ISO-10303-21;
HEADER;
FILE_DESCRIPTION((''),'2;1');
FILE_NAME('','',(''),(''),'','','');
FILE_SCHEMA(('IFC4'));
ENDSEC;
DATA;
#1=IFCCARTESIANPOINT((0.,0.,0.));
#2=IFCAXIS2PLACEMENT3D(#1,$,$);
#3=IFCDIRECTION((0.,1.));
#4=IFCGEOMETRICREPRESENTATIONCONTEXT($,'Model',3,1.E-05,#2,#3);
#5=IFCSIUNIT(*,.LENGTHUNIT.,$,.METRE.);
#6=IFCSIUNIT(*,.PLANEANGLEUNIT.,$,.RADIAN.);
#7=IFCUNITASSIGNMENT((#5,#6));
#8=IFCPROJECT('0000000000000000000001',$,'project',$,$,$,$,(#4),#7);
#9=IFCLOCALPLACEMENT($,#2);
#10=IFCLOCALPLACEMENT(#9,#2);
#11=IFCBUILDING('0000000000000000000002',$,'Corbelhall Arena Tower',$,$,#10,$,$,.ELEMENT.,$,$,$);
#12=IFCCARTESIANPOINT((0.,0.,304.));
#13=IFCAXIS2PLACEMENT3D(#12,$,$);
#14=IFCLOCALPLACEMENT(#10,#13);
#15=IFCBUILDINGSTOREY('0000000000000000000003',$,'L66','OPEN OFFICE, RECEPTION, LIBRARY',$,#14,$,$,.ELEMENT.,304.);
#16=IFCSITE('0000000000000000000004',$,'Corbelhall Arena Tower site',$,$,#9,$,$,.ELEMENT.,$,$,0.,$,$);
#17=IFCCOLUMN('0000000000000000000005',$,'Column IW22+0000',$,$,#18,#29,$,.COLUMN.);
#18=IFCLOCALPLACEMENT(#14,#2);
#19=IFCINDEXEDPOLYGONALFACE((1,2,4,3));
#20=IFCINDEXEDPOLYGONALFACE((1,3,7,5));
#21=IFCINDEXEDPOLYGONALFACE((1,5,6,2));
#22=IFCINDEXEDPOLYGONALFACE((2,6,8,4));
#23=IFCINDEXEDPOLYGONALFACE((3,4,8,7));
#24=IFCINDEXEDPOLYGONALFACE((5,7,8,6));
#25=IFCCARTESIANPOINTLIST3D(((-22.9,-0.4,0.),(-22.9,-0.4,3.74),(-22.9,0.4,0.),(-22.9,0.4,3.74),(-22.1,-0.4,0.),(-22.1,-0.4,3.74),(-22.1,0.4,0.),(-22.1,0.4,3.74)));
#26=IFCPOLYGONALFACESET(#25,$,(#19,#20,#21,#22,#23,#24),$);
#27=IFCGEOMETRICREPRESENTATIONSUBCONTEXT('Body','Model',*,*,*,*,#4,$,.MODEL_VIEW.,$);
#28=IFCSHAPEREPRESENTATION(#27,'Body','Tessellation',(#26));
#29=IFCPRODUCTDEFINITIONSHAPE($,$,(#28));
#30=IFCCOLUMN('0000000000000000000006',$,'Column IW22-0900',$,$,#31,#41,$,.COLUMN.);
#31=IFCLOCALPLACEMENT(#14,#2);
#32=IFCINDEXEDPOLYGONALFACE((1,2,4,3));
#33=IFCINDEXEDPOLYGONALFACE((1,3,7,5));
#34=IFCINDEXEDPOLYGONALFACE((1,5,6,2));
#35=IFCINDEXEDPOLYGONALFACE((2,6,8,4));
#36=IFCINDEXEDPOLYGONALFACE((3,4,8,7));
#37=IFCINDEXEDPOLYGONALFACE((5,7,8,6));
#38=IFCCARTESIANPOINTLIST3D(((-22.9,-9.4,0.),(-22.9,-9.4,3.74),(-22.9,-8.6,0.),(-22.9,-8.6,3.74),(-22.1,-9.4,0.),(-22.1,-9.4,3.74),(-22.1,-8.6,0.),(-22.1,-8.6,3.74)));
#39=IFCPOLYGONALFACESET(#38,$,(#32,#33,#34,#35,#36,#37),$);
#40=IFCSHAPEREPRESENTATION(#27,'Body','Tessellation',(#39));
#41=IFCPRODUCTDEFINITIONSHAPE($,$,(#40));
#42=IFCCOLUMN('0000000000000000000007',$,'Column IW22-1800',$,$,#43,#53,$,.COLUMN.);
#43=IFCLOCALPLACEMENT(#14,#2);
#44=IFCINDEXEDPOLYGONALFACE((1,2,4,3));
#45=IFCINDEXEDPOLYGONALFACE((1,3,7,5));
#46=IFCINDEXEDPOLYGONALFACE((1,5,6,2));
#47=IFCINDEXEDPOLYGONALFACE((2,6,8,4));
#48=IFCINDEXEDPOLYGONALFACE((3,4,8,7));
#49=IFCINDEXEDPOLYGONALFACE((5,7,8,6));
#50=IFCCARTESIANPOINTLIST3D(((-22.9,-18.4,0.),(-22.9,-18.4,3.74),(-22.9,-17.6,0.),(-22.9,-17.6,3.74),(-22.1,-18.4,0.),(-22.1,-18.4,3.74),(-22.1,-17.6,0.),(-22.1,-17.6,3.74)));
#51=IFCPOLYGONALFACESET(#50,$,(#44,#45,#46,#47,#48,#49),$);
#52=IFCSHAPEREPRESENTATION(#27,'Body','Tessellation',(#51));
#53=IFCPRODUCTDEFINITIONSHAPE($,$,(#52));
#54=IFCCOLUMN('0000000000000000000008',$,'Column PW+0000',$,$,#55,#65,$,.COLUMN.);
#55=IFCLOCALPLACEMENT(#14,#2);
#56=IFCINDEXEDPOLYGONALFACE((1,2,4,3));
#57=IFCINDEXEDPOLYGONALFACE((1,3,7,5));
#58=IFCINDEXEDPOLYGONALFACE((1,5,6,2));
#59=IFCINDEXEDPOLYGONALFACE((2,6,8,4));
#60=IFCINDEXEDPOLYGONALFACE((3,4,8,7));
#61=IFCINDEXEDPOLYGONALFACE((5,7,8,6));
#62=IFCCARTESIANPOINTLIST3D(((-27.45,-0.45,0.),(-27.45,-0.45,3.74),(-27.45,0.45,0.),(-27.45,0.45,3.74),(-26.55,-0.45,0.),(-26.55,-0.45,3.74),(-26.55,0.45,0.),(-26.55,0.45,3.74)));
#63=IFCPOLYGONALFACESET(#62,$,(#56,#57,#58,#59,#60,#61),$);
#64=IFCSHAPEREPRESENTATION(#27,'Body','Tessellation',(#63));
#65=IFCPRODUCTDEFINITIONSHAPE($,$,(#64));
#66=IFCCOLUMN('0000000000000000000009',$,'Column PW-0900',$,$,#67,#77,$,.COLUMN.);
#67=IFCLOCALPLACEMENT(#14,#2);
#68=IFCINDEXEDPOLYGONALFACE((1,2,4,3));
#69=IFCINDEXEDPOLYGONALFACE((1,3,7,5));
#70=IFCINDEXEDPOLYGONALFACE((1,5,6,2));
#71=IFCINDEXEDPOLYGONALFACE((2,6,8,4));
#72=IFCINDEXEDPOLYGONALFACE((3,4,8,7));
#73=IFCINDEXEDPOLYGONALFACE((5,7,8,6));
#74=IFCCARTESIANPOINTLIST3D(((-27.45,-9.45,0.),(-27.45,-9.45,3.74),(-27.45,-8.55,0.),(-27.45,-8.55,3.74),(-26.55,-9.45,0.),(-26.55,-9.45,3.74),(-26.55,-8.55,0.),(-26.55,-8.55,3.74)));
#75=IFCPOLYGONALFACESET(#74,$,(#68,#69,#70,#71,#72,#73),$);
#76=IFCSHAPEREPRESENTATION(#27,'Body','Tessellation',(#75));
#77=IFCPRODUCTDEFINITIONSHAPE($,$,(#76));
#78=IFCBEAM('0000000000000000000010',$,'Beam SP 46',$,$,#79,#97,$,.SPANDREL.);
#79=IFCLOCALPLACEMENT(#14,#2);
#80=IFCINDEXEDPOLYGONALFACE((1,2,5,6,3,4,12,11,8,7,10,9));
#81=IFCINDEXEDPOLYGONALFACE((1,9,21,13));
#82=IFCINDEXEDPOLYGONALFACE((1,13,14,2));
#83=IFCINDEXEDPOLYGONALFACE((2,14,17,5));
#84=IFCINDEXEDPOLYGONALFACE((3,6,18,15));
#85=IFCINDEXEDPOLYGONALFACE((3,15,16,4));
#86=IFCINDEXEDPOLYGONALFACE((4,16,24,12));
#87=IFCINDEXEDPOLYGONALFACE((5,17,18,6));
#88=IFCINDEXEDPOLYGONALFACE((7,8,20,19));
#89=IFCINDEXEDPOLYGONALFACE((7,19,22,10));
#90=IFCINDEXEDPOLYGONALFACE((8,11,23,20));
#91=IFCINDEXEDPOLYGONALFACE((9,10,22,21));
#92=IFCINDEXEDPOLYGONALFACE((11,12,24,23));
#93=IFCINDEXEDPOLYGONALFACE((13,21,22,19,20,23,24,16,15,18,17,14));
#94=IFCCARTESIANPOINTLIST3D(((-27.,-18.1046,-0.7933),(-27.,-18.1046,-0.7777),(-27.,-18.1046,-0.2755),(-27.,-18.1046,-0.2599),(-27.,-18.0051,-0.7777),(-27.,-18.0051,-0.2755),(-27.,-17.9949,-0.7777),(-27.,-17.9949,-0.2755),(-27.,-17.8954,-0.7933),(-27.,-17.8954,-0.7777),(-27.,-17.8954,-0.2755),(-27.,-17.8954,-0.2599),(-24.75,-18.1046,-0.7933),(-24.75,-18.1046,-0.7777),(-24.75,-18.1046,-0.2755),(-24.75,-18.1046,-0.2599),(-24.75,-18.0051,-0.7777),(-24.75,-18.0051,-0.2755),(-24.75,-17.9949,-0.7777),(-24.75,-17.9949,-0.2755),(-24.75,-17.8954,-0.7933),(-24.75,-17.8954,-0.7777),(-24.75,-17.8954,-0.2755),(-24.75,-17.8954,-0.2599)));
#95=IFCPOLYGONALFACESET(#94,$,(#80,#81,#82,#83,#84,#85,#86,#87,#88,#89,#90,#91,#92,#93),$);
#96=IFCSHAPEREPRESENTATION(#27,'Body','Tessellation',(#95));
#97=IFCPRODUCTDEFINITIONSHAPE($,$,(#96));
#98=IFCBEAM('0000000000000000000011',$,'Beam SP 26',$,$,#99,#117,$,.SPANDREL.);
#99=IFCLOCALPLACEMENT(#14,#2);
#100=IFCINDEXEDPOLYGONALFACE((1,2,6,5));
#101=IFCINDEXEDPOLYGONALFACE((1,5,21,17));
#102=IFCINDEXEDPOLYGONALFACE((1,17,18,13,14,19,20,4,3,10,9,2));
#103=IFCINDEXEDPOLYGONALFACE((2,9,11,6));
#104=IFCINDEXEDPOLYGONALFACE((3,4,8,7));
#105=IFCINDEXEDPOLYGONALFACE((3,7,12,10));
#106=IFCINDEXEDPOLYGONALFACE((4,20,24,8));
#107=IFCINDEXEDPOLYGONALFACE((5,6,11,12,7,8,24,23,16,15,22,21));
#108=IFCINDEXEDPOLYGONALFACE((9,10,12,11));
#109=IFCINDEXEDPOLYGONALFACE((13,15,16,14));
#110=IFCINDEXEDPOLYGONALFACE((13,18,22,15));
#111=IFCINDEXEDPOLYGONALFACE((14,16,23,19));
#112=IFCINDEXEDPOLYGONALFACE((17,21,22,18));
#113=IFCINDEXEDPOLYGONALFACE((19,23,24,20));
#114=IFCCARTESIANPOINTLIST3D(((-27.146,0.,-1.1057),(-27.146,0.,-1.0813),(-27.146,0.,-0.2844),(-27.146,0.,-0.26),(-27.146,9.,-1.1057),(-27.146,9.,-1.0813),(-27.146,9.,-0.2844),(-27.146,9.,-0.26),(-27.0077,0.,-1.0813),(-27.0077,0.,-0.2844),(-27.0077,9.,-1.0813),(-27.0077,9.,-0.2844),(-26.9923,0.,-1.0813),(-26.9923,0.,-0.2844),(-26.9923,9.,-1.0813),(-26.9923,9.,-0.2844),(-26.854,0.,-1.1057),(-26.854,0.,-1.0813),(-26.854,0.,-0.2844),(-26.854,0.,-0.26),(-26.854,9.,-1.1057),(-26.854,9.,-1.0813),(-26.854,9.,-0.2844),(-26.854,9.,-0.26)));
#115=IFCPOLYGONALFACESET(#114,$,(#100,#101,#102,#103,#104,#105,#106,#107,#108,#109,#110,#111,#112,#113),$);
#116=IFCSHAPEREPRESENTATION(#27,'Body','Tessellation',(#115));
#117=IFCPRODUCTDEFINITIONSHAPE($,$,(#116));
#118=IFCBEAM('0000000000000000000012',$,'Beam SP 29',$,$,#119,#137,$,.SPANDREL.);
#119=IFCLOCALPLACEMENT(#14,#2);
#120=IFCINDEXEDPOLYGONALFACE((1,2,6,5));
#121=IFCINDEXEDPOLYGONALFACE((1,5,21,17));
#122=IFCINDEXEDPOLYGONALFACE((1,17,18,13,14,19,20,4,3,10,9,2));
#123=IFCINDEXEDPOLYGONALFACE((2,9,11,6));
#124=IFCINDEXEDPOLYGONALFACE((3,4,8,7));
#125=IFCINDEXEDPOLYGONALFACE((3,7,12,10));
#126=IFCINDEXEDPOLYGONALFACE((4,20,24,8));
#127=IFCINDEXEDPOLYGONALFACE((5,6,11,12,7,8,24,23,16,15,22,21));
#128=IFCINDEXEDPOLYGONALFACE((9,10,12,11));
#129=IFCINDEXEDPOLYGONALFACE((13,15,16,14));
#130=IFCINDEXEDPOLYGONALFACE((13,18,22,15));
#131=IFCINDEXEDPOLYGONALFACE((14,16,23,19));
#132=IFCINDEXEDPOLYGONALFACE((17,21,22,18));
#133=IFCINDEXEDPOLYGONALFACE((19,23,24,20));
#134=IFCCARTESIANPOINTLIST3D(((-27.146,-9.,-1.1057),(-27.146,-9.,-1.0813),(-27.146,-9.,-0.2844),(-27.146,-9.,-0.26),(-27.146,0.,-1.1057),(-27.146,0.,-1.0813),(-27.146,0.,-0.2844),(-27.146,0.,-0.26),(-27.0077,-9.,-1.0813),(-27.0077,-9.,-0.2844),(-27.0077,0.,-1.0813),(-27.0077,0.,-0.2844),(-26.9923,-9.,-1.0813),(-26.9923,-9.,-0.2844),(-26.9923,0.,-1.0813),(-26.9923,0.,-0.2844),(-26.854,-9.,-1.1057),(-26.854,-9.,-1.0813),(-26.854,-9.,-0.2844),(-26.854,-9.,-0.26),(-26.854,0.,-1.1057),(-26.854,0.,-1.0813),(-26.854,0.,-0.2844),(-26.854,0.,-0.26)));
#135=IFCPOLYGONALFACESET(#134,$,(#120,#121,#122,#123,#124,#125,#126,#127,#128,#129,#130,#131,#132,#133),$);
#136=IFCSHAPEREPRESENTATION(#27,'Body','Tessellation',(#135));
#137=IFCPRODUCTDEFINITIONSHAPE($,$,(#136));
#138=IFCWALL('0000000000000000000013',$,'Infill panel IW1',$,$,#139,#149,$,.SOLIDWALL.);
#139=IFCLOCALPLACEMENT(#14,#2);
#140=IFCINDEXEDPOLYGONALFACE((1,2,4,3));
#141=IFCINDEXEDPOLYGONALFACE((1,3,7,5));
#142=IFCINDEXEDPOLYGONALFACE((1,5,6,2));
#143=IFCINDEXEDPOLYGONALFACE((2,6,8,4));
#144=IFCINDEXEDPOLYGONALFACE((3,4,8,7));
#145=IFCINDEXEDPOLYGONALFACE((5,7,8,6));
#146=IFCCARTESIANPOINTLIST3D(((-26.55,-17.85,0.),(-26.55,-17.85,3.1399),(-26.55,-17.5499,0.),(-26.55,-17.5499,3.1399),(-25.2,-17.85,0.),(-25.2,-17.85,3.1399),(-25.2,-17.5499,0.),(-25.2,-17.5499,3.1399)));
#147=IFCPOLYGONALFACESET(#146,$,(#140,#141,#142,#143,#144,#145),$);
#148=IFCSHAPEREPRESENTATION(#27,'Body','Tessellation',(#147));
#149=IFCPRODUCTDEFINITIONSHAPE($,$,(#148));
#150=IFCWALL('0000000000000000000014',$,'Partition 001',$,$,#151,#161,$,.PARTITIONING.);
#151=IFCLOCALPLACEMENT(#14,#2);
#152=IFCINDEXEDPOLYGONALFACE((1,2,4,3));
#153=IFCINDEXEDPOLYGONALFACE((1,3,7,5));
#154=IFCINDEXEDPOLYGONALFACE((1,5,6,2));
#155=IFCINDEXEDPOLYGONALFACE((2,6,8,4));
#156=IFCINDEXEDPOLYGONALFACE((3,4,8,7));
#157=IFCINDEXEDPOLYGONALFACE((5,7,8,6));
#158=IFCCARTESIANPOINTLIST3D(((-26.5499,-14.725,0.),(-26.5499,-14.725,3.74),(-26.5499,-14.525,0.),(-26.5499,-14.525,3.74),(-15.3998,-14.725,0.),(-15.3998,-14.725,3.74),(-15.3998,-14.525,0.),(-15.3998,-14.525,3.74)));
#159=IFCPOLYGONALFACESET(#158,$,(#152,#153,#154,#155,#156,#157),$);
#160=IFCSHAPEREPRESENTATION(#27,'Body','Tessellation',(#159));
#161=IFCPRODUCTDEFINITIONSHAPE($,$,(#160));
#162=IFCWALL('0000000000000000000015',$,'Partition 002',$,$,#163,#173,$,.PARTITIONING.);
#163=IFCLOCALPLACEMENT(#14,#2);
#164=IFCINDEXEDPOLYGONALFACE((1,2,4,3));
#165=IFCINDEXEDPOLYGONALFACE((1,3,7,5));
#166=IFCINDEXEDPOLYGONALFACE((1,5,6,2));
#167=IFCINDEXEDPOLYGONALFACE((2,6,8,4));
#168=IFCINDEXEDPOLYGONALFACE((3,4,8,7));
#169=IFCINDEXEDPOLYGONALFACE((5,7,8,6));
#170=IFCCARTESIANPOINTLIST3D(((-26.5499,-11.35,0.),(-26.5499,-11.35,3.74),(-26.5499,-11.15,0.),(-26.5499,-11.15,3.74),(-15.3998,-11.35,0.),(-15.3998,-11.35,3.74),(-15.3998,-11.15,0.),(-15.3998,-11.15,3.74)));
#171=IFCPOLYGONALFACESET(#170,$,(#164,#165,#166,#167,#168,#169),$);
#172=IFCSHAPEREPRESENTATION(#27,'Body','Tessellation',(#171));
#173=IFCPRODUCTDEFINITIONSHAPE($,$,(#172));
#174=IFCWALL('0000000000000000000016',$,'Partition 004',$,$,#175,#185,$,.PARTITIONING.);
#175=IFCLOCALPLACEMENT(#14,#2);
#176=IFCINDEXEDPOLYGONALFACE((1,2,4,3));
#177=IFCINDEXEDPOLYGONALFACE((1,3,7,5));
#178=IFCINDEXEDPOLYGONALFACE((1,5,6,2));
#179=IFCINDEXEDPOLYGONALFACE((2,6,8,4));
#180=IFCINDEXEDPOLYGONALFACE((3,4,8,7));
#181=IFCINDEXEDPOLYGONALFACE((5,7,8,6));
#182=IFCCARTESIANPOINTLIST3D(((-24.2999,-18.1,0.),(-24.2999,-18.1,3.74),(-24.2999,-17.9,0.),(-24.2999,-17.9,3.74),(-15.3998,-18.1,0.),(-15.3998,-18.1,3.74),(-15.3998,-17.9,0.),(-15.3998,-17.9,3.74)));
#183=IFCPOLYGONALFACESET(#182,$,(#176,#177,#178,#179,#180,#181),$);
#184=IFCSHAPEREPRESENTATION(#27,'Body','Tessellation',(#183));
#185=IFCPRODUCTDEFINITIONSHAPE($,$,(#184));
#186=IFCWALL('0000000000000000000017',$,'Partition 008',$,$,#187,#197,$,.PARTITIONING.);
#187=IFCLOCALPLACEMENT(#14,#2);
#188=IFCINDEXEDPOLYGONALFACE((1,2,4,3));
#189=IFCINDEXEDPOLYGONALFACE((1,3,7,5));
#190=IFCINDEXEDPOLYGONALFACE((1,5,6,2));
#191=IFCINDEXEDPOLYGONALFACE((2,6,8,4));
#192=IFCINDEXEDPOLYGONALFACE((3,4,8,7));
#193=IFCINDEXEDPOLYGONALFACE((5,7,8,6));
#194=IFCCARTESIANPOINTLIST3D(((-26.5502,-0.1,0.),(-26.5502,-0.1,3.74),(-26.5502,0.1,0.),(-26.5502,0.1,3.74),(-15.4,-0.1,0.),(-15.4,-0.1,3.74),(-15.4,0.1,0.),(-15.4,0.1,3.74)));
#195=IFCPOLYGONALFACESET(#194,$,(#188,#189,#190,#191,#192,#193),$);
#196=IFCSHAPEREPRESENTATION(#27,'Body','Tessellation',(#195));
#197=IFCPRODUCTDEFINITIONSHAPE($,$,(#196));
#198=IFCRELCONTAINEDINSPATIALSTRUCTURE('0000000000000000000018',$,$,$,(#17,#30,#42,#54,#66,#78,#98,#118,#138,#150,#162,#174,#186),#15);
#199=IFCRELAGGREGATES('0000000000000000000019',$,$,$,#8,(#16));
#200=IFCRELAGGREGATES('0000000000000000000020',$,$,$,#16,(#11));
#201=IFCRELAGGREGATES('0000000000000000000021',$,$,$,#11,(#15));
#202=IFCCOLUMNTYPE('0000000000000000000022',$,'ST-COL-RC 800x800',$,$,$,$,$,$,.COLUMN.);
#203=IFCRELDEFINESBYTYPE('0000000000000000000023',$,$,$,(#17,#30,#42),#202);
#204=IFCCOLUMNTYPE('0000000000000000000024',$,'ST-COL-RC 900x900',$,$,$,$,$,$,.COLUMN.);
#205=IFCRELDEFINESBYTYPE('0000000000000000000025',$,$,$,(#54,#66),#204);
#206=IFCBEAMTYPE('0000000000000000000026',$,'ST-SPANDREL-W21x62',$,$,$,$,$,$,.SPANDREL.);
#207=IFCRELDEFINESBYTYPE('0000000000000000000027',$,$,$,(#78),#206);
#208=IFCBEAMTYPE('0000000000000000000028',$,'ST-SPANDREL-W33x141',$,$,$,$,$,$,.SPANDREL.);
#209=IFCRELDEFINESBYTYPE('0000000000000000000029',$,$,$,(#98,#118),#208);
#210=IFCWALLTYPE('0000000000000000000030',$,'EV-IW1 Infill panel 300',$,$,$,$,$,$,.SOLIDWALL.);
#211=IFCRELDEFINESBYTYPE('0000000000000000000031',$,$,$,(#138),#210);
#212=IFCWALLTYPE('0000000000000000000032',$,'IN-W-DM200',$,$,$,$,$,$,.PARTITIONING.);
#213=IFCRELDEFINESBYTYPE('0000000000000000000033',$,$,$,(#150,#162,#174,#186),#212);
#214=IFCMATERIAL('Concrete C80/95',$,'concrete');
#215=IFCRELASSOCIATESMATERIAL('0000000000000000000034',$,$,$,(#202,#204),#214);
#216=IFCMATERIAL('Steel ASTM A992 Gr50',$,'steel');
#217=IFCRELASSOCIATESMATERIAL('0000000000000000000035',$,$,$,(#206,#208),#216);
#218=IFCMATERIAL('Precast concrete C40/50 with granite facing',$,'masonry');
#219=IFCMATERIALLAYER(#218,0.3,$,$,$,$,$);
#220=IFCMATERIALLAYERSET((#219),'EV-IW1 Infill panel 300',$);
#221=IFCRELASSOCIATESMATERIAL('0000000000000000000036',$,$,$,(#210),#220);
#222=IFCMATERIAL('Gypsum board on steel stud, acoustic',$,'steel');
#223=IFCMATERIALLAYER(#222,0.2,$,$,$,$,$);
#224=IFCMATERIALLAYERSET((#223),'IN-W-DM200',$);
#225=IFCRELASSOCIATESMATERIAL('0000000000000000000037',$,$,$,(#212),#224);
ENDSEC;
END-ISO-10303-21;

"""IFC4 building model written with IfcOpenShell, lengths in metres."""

from ifc_helpers import new_model, si_unit, direction, frame, frame_2d, origin, origin_2d, place, context, subcontext, project, spatial, rectangle, i_section, extrude, material, layer, layer_set, material_profile, profile_set, type_object, element, save


model = new_model("IFC4")

# Units and contexts
model_context = context("Model", 3, precision=1e-05, world=origin(), true_north=direction((0.0, 1.0)))
body_context = subcontext(model_context, "Body", "Model", "MODEL_VIEW")
ifc_project = project(units=[si_unit("LENGTHUNIT", "METRE"), si_unit("PLANEANGLEUNIT", "RADIAN")], contexts=[model_context])

# Site, building, storey
site_placement = place(None, origin())
site = spatial("IfcSite", under=ifc_project, at=site_placement, Name="Corbelhall Arena Tower site", CompositionType="ELEMENT", RefElevation=0.0)
building_placement = place(site_placement, origin())
building = spatial("IfcBuilding", under=site, at=building_placement, Name="Corbelhall Arena Tower", CompositionType="ELEMENT")
storey_placement = place(building_placement, frame((0.0, 0.0, 304.0)))
storey = spatial("IfcBuildingStorey", under=building, at=storey_placement, Name="L66", Description="OPEN OFFICE, RECEPTION, LIBRARY", CompositionType="ELEMENT", Elevation=304.0)

# Columns
ifc_material_1 = material(Name="Concrete C80/95", Category="concrete")
ifc_material_profile_1 = material_profile(ifc_material_1, rectangle(XDim=0.8, YDim=0.8, at=origin_2d()))
ifc_profile_set_1 = profile_set([ifc_material_profile_1], Name="Concrete C80/95")
column_type_1 = type_object("IfcColumnType", Name="ST-COL-RC 800x800", PredefinedType="COLUMN", material=ifc_profile_set_1)
for number, where, z_axis, x_axis, name in (
    (1, (-22.5, 0.0, 0.0), (0.0, 0.0, 1.0), (1.0, 0.0, 0.0), "Column IW22+0000"),
    (2, (-22.5, -9.0, 0.0), (0.0, 0.0, 1.0), (1.0, 0.0, 0.0), "Column IW22-0900"),
    (3, (-22.5, -18.0, 0.0), (0.0, 0.0, 1.0), (1.0, 0.0, 0.0), "Column IW22-1800"),
):
    element("IfcColumn", number, at=place(storey_placement, frame(where, z_axis=z_axis, x_axis=x_axis)), inside=storey, type_object=column_type_1, Name=name, PredefinedType="COLUMN", context=body_context, shape_type="SweptSolid", body=[
        extrude(rectangle(XDim=0.8, YDim=0.8, at=origin_2d()), origin(), (0.0, 0.0, 1.0), 3.74),
    ])
ifc_material_profile_2 = material_profile(ifc_material_1, rectangle(XDim=0.8999, YDim=0.8999, at=origin_2d()))
ifc_profile_set_2 = profile_set([ifc_material_profile_2], Name="Concrete C80/95")
column_type_2 = type_object("IfcColumnType", Name="ST-COL-RC 900x900", PredefinedType="COLUMN", material=ifc_profile_set_2)
for number, where, z_axis, x_axis, name in (
    (4, (-27.0, 0.0, 0.0), (0.0, 0.0, 1.0), (0.0, 1.0, 0.0), "Column PW+0000"),
    (5, (-27.0, -9.0, 0.0), (0.0, 0.0, 1.0), (0.0, 1.0, 0.0), "Column PW-0900"),
):
    element("IfcColumn", number, at=place(storey_placement, frame(where, z_axis=z_axis, x_axis=x_axis)), inside=storey, type_object=column_type_2, Name=name, PredefinedType="COLUMN", context=body_context, shape_type="SweptSolid", body=[
        extrude(rectangle(XDim=0.8999, YDim=0.8999, at=origin_2d()), origin(), (0.0, 0.0, 1.0), 3.74),
    ])

# Beams
ifc_material_2 = material(Name="Steel ASTM A992 Gr50", Category="steel")
ifc_material_profile_3 = material_profile(ifc_material_2, i_section(OverallWidth=0.2092, OverallDepth=0.5334, WebThickness=0.0103, FlangeThickness=0.0156, at=origin_2d()))
ifc_profile_set_3 = profile_set([ifc_material_profile_3], Name="Steel ASTM A992 Gr50")
beam_type_1 = type_object("IfcBeamType", Name="ST-SPANDREL-W21x62", PredefinedType="SPANDREL", material=ifc_profile_set_3)
beam_placement = place(storey_placement, frame((-24.75, -18.0, -0.5266), z_axis=(-1.0, 0.0, 0.0), x_axis=(0.0, -1.0, 0.0)))
element("IfcBeam", 6, at=beam_placement, inside=storey, type_object=beam_type_1, Name="Beam SP 46", PredefinedType="SPANDREL", context=body_context, shape_type="SweptSolid", body=[
    extrude(i_section(OverallWidth=0.2092, OverallDepth=0.5334, WebThickness=0.0103, FlangeThickness=0.0156, at=origin_2d()), origin(), (0.0, 0.0, 1.0), 2.25),
])
ifc_material_profile_4 = material_profile(ifc_material_2, i_section(OverallWidth=0.292, OverallDepth=0.8457, WebThickness=0.0154, FlangeThickness=0.0244, at=origin_2d()))
ifc_profile_set_4 = profile_set([ifc_material_profile_4], Name="Steel ASTM A992 Gr50")
beam_type_2 = type_object("IfcBeamType", Name="ST-SPANDREL-W33x141", PredefinedType="SPANDREL", material=ifc_profile_set_4)
for number, where, z_axis, x_axis, name in (
    (7, (-27.0, 0.0, -0.6829), (0.0, 1.0, 0.0), (-1.0, 0.0, 0.0), "Beam SP 26"),
    (8, (-27.0, -9.0, -0.6829), (0.0, 1.0, 0.0), (-1.0, 0.0, 0.0), "Beam SP 29"),
):
    element("IfcBeam", number, at=place(storey_placement, frame(where, z_axis=z_axis, x_axis=x_axis)), inside=storey, type_object=beam_type_2, Name=name, PredefinedType="SPANDREL", context=body_context, shape_type="SweptSolid", body=[
        extrude(i_section(OverallWidth=0.292, OverallDepth=0.8457, WebThickness=0.0154, FlangeThickness=0.0244, at=origin_2d()), origin(), (0.0, 0.0, 1.0), 9.0),
    ])

# Shared definitions
ifc_material_3 = material(Name="Precast concrete C40/50 with granite facing", Category="masonry")
ifc_layer_1 = layer(ifc_material_3, 0.3)
ifc_layer_set_1 = layer_set([ifc_layer_1], Name="EV-IW1 Infill panel 300")
wall_type_1 = type_object("IfcWallType", Name="EV-IW1 Infill panel 300", PredefinedType="SOLIDWALL", material=ifc_layer_set_1)

# Walls
wall_1_placement = place(storey_placement, frame((-26.55, -17.7, 0.0), z_axis=(0.0, 0.0, 1.0), x_axis=(1.0, 0.0, 0.0)))
element("IfcWall", 9, at=wall_1_placement, inside=storey, type_object=wall_type_1, Name="Infill panel IW1", PredefinedType="SOLIDWALL", context=body_context, shape_type="SweptSolid", body=[
    extrude(rectangle(XDim=1.3501, YDim=0.3, at=frame_2d((0.675, 0.0))), origin(), (0.0, 0.0, 1.0), 3.1399),
])
ifc_material_4 = material(Name="Gypsum board on steel stud, acoustic", Category="steel")
ifc_layer_2 = layer(ifc_material_4, 0.2)
ifc_layer_set_2 = layer_set([ifc_layer_2], Name="IN-W-DM200")
wall_type_2 = type_object("IfcWallType", Name="IN-W-DM200", PredefinedType="PARTITIONING", material=ifc_layer_set_2)
for number, where, z_axis, x_axis, name in (
    (10, (-26.55, -14.625, 0.0), (0.0, 0.0, 1.0), (1.0, 0.0, 0.0), "Partition 001"),
    (11, (-26.55, -11.25, 0.0), (0.0, 0.0, 1.0), (1.0, 0.0, 0.0), "Partition 002"),
):
    element("IfcWall", number, at=place(storey_placement, frame(where, z_axis=z_axis, x_axis=x_axis)), inside=storey, type_object=wall_type_2, Name=name, PredefinedType="PARTITIONING", context=body_context, shape_type="SweptSolid", body=[
        extrude(rectangle(XDim=11.1501, YDim=0.2, at=frame_2d((5.5752, 0.0))), origin(), (0.0, 0.0, 1.0), 3.74),
    ])
wall_2_placement = place(storey_placement, frame((-24.3, -18.0, 0.0), z_axis=(0.0, 0.0, 1.0), x_axis=(1.0, 0.0, 0.0)))
element("IfcWall", 12, at=wall_2_placement, inside=storey, type_object=wall_type_2, Name="Partition 004", PredefinedType="PARTITIONING", context=body_context, shape_type="SweptSolid", body=[
    extrude(rectangle(XDim=8.9001, YDim=0.2, at=frame_2d((4.4502, 0.0))), origin(), (0.0, 0.0, 1.0), 3.74),
])

# Wall
wall_3_placement = place(storey_placement, frame((-15.3999, 0.0, 0.0), z_axis=(0.0, 0.0, 1.0), x_axis=(-1.0, 0.0, 0.0)))
element("IfcWall", 13, at=wall_3_placement, inside=storey, type_object=wall_type_2, Name="Partition 008", PredefinedType="PARTITIONING", context=body_context, shape_type="SweptSolid", body=[
    extrude(rectangle(XDim=11.1501, YDim=0.2, at=frame_2d((5.5752, 0.0))), origin(), (0.0, 0.0, 1.0), 3.74),
])

save(model, "model.ifc")
